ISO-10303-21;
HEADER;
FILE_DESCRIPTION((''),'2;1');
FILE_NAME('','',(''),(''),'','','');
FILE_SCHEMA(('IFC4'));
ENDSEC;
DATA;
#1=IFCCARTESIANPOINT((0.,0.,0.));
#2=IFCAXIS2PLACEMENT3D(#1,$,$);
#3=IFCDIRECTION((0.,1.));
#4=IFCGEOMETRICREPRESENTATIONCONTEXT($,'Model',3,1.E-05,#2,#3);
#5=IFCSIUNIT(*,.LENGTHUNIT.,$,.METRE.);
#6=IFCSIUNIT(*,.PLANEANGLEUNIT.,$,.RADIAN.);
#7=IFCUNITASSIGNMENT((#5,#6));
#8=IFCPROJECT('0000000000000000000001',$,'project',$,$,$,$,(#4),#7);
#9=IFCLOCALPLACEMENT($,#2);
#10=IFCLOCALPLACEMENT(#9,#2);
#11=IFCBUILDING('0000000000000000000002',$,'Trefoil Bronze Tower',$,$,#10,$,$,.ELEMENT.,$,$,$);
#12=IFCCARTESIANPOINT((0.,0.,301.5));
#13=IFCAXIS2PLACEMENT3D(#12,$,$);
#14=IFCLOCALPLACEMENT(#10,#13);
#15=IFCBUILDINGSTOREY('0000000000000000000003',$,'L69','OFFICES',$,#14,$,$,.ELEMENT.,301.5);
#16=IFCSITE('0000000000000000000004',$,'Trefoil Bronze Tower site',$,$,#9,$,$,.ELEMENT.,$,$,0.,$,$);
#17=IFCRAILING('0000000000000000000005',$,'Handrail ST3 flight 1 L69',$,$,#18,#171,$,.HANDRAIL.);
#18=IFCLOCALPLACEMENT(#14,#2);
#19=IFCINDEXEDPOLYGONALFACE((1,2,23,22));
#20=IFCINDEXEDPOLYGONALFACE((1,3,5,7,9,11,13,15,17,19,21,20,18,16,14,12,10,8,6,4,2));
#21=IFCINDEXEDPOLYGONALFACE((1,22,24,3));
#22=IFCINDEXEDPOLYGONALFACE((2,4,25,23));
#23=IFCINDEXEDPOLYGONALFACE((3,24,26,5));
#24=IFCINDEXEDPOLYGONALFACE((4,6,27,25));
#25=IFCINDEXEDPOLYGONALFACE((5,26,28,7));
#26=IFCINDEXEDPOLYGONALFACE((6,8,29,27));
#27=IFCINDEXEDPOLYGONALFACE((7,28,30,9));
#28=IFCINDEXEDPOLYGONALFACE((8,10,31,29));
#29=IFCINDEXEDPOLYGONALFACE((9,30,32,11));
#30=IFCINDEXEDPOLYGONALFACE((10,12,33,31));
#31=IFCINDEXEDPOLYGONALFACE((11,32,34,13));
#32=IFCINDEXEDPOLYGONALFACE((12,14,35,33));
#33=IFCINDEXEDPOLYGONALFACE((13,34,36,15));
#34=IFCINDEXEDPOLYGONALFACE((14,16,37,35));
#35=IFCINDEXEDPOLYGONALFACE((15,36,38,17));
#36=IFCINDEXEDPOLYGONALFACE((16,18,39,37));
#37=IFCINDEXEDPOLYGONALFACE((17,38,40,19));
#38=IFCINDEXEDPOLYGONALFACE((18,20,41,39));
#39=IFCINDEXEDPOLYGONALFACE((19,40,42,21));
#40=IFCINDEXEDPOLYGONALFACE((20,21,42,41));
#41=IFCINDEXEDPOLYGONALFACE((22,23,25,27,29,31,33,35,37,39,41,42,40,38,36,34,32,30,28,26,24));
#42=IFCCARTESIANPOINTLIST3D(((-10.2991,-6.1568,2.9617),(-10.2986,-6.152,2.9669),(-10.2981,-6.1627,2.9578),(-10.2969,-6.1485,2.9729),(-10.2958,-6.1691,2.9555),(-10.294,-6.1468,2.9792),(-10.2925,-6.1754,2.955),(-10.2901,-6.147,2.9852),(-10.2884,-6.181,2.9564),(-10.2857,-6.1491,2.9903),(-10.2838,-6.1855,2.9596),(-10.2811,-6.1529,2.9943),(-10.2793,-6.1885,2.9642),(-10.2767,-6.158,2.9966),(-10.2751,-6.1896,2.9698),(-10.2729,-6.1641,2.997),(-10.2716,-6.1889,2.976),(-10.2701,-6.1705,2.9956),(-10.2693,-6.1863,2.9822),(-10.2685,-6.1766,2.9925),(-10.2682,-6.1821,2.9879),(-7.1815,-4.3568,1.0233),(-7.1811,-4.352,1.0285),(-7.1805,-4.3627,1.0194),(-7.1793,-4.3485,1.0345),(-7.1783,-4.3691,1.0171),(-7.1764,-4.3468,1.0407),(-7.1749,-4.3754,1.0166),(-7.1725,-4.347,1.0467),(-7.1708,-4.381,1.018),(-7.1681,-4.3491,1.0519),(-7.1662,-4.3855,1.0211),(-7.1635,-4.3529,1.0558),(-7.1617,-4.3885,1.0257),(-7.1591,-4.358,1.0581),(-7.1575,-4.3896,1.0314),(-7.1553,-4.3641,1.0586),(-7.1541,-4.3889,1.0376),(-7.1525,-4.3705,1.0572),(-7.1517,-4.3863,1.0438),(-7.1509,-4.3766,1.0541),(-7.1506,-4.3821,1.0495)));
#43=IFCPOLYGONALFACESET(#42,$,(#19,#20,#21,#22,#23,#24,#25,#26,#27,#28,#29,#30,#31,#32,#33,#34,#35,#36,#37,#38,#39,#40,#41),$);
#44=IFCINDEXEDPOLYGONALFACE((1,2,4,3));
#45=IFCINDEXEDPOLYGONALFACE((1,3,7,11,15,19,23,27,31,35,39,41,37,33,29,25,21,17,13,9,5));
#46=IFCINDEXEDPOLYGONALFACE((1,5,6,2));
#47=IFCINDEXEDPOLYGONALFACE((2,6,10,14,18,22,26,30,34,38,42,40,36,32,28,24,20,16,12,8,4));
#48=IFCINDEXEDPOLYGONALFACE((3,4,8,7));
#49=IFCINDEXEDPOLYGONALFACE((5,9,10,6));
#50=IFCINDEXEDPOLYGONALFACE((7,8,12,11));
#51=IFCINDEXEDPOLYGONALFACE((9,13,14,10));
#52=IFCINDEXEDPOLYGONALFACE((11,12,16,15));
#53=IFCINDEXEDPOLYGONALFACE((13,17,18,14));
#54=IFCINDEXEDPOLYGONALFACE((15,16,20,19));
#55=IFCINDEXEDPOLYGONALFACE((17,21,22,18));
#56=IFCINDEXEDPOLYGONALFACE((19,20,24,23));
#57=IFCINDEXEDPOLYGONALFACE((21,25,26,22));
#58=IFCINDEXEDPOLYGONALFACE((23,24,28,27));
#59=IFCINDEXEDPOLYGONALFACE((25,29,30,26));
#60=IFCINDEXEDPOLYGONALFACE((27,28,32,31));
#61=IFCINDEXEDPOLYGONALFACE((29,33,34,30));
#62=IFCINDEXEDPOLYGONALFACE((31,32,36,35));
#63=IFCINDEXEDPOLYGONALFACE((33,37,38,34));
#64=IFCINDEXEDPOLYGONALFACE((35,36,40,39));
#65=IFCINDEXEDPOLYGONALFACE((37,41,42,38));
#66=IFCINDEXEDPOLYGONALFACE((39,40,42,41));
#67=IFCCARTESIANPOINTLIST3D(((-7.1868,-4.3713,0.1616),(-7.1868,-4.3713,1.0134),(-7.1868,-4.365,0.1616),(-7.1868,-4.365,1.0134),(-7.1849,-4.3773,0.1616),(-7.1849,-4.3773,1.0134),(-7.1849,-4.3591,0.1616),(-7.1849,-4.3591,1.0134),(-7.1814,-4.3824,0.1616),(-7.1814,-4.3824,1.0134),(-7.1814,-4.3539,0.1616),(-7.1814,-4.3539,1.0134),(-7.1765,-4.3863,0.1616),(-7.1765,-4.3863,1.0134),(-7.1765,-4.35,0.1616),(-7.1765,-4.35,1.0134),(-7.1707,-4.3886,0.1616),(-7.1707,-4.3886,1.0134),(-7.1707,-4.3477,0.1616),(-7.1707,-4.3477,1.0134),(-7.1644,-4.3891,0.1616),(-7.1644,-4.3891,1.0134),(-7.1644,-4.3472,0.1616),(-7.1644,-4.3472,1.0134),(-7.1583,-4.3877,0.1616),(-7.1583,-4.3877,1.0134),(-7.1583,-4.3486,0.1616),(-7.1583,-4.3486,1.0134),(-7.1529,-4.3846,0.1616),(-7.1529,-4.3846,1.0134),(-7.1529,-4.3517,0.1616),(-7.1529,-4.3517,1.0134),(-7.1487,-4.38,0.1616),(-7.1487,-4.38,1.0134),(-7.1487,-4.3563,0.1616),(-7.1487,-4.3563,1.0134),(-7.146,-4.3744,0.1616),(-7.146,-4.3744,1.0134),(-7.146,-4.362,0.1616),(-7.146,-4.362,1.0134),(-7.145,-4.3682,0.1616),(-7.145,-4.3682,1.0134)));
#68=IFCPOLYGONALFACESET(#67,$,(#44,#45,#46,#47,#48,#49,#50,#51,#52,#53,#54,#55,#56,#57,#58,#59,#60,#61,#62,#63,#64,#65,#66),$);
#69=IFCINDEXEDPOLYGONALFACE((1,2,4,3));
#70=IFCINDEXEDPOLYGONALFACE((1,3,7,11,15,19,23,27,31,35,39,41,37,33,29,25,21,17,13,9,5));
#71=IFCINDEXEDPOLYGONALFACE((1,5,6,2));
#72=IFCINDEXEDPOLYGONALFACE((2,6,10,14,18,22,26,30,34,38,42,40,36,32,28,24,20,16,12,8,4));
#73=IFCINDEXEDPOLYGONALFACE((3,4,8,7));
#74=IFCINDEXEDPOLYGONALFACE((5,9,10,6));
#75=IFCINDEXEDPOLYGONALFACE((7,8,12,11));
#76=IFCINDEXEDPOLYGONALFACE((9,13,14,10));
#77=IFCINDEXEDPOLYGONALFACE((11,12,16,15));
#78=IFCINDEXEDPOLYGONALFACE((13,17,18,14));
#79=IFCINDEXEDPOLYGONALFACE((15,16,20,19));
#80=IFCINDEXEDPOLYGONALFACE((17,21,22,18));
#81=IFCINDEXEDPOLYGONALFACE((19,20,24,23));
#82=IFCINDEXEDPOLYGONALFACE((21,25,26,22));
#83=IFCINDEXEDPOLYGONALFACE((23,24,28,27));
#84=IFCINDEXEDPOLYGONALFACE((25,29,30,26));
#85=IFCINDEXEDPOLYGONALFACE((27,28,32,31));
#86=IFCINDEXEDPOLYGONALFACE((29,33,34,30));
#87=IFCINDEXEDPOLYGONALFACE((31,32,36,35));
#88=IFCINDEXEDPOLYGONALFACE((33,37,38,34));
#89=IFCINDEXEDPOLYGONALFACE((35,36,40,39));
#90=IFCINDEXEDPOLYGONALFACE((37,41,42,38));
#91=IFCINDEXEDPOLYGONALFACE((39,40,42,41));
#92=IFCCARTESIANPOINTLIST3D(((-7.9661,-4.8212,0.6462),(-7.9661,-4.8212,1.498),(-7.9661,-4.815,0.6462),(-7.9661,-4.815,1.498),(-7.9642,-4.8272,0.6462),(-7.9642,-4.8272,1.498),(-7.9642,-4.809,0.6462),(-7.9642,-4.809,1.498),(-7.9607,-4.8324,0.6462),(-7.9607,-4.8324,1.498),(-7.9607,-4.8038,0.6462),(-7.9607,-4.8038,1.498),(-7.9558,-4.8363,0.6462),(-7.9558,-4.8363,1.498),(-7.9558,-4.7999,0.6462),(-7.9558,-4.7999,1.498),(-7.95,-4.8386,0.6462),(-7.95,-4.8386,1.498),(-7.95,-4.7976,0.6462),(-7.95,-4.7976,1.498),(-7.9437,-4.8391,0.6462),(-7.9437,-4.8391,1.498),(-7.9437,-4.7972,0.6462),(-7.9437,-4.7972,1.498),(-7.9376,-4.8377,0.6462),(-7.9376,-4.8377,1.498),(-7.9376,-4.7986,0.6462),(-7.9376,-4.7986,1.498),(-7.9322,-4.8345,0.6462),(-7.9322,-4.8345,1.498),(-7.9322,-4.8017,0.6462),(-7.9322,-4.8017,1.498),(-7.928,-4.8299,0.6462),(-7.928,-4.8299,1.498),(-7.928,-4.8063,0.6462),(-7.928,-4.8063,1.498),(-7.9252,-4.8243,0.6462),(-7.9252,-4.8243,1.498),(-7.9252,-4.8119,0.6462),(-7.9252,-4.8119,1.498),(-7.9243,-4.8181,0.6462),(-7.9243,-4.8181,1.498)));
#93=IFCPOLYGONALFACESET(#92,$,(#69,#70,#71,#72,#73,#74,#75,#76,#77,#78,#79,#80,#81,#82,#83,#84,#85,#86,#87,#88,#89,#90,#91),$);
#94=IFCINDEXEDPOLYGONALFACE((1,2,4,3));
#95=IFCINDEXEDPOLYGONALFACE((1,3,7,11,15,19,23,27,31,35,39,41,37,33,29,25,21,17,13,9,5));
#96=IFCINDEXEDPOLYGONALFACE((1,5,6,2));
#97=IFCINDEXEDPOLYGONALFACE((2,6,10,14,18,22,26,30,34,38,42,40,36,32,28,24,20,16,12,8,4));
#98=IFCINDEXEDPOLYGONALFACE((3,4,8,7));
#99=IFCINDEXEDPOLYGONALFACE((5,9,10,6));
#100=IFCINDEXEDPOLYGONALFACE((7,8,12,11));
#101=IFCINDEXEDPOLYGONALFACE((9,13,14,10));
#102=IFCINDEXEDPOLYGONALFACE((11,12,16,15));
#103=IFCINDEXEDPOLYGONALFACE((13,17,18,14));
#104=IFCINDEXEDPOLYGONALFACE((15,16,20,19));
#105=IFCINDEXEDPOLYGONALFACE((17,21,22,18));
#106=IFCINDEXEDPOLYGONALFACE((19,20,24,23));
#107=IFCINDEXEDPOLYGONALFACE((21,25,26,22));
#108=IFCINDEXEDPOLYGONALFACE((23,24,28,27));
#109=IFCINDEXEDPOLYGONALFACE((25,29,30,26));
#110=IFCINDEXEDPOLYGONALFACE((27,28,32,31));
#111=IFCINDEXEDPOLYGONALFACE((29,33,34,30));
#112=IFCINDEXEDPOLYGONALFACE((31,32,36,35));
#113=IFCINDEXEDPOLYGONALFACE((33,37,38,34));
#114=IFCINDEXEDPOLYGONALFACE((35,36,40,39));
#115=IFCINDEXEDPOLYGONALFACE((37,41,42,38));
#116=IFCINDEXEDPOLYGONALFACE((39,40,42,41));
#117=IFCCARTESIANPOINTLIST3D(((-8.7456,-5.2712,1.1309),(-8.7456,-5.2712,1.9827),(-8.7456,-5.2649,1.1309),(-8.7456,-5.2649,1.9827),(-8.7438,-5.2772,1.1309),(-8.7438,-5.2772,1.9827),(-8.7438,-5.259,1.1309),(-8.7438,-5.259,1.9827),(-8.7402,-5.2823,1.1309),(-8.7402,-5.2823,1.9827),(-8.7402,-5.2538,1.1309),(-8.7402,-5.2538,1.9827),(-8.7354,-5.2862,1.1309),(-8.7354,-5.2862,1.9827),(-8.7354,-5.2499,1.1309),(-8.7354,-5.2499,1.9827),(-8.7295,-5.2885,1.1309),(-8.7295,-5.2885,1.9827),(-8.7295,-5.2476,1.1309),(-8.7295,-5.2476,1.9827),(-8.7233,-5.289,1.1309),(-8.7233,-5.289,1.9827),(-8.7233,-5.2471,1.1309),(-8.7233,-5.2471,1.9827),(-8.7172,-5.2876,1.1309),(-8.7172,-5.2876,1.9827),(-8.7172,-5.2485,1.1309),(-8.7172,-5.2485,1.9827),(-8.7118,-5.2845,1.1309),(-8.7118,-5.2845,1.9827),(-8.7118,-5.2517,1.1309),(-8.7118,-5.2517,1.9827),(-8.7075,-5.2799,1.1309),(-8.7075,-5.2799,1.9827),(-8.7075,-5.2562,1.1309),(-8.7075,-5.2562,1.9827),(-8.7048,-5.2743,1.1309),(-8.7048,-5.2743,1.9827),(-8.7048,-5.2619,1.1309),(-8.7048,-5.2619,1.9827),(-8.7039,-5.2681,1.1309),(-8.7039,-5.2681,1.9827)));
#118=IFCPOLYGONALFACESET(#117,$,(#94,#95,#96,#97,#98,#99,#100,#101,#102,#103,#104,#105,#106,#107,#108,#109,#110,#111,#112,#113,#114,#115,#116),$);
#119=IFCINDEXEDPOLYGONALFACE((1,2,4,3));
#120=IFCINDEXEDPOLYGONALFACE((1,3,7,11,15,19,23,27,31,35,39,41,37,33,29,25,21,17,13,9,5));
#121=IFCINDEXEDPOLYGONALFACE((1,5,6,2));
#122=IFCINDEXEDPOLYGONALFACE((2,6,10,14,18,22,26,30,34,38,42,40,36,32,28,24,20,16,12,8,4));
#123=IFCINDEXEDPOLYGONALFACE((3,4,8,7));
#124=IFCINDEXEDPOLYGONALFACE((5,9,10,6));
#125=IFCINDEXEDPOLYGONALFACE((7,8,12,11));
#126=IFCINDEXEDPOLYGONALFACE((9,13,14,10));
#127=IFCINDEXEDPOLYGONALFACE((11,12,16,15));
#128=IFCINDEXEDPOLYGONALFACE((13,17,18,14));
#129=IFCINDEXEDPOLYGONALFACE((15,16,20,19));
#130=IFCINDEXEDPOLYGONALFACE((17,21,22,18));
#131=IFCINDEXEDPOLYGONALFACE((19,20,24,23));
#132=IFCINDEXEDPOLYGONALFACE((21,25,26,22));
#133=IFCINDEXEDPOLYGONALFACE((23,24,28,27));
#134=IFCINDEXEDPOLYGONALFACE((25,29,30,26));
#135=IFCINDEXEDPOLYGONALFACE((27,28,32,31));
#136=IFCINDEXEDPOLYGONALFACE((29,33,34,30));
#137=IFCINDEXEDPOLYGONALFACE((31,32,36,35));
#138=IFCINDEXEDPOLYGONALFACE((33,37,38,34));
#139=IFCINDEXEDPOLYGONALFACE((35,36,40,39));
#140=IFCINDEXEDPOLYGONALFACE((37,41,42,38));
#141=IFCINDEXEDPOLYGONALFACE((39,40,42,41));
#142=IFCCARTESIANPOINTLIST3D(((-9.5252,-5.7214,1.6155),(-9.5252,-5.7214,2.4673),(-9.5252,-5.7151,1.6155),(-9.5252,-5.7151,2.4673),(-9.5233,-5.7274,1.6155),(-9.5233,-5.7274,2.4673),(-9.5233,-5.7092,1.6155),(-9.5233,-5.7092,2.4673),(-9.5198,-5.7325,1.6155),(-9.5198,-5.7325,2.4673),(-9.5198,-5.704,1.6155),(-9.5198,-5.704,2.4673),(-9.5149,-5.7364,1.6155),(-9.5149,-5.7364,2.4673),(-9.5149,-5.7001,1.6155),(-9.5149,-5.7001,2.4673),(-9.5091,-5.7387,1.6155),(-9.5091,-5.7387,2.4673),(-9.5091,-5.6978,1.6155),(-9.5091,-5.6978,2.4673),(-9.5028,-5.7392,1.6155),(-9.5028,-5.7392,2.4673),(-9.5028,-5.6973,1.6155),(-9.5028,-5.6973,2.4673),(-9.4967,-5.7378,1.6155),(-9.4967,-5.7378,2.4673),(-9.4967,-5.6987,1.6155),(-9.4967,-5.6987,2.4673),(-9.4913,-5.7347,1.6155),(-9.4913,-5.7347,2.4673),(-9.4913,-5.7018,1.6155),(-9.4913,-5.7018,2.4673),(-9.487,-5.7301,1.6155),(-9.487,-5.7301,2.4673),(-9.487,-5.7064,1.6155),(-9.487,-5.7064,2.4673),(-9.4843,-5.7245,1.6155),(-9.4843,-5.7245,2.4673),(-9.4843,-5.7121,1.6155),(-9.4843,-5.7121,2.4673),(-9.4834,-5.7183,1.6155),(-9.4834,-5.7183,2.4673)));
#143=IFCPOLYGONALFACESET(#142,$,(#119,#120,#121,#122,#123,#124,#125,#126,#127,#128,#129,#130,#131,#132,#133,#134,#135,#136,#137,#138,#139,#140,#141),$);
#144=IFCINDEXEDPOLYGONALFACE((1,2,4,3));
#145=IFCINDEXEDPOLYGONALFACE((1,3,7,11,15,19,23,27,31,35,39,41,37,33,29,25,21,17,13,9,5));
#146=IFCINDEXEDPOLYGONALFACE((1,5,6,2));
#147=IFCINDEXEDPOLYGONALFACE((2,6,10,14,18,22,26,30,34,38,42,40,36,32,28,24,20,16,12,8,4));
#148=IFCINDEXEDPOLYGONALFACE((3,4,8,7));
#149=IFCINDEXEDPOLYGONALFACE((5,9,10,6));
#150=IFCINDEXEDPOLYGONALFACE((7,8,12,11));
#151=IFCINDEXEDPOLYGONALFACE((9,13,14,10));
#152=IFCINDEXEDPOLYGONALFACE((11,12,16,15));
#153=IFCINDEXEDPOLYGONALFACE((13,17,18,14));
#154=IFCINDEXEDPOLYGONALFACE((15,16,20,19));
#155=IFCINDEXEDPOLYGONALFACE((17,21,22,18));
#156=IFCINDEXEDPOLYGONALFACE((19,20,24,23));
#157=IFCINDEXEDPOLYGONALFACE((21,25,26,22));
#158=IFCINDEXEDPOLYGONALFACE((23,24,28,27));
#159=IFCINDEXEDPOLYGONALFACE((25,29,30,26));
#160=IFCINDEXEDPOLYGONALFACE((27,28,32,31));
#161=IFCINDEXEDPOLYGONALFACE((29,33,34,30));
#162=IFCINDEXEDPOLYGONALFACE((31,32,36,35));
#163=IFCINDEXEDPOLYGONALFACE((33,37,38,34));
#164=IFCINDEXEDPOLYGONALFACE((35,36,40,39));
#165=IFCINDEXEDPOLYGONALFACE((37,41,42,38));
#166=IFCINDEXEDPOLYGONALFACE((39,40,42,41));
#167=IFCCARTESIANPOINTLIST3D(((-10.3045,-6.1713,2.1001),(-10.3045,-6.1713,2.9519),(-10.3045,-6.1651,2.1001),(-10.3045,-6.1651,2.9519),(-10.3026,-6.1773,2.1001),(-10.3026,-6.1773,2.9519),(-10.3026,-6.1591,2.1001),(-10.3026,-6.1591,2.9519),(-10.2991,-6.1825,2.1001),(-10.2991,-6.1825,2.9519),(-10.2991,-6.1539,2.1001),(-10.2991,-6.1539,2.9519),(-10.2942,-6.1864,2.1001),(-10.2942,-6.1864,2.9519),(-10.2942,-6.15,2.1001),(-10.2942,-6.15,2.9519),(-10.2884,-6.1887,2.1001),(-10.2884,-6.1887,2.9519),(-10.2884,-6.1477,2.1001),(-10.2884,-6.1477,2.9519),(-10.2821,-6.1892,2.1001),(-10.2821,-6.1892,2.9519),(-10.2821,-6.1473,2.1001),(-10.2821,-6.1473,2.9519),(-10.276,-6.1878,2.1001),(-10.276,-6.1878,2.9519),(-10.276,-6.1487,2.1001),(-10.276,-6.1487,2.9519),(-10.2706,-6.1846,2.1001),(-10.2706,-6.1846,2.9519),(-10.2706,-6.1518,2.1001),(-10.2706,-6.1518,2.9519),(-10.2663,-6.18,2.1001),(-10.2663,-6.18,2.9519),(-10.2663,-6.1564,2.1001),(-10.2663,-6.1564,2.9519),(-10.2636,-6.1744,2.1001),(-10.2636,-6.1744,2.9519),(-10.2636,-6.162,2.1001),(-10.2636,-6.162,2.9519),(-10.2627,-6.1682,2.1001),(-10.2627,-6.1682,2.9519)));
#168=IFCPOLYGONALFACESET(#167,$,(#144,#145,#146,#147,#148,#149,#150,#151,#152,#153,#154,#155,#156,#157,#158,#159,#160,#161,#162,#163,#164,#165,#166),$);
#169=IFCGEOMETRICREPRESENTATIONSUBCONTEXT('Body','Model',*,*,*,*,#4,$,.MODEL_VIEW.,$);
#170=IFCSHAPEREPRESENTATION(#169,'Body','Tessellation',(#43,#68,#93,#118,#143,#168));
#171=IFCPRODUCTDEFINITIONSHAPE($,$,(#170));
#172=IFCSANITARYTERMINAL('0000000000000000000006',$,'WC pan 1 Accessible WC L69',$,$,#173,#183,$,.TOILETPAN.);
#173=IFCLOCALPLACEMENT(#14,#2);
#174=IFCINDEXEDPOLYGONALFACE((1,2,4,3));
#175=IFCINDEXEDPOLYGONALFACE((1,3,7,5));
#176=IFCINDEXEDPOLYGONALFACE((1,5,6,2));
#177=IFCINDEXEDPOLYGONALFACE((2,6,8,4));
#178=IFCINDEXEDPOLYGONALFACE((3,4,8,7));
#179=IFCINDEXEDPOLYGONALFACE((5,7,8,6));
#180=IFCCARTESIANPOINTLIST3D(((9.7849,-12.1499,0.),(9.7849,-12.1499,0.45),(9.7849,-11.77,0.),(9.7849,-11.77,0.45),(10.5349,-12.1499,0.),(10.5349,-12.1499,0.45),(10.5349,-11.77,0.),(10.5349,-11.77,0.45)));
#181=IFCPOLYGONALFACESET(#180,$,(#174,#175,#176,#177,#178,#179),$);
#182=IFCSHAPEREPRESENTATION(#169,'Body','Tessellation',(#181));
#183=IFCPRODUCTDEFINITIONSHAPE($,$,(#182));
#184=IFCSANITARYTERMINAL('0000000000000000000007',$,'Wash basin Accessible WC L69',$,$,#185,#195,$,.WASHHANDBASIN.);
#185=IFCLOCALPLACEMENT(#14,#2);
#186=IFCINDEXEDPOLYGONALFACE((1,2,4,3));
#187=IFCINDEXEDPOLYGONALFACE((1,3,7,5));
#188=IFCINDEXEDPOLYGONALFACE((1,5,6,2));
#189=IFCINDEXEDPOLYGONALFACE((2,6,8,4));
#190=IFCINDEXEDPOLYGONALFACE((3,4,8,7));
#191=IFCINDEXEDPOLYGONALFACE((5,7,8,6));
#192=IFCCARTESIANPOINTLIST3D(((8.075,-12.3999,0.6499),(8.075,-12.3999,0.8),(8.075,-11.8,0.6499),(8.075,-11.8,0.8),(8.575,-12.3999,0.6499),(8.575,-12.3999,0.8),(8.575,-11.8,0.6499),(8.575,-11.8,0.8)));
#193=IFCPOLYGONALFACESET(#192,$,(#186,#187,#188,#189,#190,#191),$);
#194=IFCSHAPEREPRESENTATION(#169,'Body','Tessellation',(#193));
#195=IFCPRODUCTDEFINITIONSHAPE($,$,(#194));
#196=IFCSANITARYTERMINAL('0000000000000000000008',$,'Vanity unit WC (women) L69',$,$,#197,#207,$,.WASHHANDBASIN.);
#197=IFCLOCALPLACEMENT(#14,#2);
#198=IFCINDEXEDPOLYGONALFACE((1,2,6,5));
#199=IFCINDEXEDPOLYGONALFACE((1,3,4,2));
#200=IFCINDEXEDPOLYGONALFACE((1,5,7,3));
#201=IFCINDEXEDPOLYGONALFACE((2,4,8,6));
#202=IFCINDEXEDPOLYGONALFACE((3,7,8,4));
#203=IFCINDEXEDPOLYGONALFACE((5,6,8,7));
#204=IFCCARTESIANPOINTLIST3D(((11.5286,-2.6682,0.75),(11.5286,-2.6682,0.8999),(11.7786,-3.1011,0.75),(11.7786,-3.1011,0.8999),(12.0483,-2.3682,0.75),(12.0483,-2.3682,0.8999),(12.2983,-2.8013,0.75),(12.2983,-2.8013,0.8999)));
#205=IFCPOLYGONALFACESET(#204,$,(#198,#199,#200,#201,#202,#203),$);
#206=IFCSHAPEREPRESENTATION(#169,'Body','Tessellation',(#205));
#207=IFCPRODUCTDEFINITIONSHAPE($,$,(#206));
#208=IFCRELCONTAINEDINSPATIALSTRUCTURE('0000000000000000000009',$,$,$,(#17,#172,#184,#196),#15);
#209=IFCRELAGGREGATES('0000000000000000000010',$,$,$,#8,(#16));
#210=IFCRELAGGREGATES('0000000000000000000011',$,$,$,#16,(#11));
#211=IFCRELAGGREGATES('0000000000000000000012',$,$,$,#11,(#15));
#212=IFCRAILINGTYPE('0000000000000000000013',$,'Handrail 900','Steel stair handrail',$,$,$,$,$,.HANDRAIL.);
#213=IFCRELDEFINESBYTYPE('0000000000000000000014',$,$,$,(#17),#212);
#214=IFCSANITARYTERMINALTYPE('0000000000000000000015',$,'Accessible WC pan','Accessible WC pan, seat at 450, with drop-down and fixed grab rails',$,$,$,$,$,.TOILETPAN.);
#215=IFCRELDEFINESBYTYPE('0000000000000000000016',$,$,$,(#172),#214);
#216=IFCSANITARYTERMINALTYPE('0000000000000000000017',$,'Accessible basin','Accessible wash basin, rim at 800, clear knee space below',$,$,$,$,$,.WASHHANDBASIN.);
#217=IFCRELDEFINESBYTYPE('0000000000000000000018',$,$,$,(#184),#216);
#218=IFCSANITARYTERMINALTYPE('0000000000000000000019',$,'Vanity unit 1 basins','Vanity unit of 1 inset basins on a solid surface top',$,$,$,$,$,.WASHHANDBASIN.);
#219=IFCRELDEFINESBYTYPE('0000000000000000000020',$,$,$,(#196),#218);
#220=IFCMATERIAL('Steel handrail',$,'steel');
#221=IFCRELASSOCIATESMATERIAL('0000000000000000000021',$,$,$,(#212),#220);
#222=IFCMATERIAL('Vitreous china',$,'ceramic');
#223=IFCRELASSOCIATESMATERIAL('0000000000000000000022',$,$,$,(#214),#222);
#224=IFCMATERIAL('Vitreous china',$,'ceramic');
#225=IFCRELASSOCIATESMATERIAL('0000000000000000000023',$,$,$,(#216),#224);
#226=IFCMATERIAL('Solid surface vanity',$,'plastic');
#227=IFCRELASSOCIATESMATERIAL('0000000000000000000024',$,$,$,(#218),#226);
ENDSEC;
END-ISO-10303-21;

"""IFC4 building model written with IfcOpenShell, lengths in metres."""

from ifc_helpers import new_model, si_unit, direction, frame, origin, origin_2d, place, context, subcontext, project, spatial, polyline, circle, outline, extrude, material, type_object, element, save


model = new_model("IFC4")

# Units and contexts
model_context = context("Model", 3, precision=1e-05, world=origin(), true_north=direction((0.0, 1.0)))
body_context = subcontext(model_context, "Body", "Model", "MODEL_VIEW")
ifc_project = project(units=[si_unit("LENGTHUNIT", "METRE"), si_unit("PLANEANGLEUNIT", "RADIAN")], contexts=[model_context])

# Site, building, storey
site_placement = place(None, origin())
site = spatial("IfcSite", under=ifc_project, at=site_placement, Name="Trefoil Bronze Tower site", CompositionType="ELEMENT", RefElevation=0.0)
building_placement = place(site_placement, origin())
building = spatial("IfcBuilding", under=site, at=building_placement, Name="Trefoil Bronze Tower", CompositionType="ELEMENT")
storey_placement = place(building_placement, frame((0.0, 0.0, 301.5)))
storey = spatial("IfcBuildingStorey", under=building, at=storey_placement, Name="L69", Description="OFFICES", CompositionType="ELEMENT", Elevation=301.5)

# Railing
ifc_material_1 = material(Name="Steel handrail", Category="steel")
railing_type = type_object("IfcRailingType", Name="Handrail 900", Description="Steel stair handrail", PredefinedType="HANDRAIL", material=ifc_material_1)
railing_placement = place(storey_placement, frame((-7.166, -4.3682, 0.1616)))
element("IfcRailing", 1, at=railing_placement, inside=storey, type_object=railing_type, Name="Handrail ST3 flight 1 L69", PredefinedType="HANDRAIL", context=body_context, shape_type="SweptSolid", body=[
    extrude(circle(Radius=0.0239, at=origin_2d()), frame((0.0, 0.0, 0.876), z_axis=(-0.762503, -0.440246, 0.474102), x_axis=(0.500012, -0.866018, 0.0)), (0.0, 0.0, 1.0), 4.0886),
    extrude(circle(Radius=0.021, at=origin_2d()), origin(), (0.0, 0.0, 1.0), 0.8518),
    extrude(circle(Radius=0.021, at=origin_2d()), frame((-0.7793, -0.45, 0.4846)), (0.0, 0.0, 1.0), 0.8518),
    extrude(circle(Radius=0.021, at=origin_2d()), frame((-1.5588, -0.8999, 0.9692)), (0.0, 0.0, 1.0), 0.8518),
    extrude(circle(Radius=0.021, at=origin_2d()), frame((-2.3384, -1.3501, 1.4539)), (0.0, 0.0, 1.0), 0.8518),
    extrude(circle(Radius=0.021, at=origin_2d()), frame((-3.1177, -1.8, 1.9385)), (0.0, 0.0, 1.0), 0.8518),
])

# Sanitary terminals
ifc_material_2 = material(Name="Vitreous china", Category="ceramic")
sanitary_terminal_type_1 = type_object("IfcSanitaryTerminalType", Name="Accessible WC pan", Description="Accessible WC pan, seat at 450, with drop-down and fixed grab rails", PredefinedType="TOILETPAN", material=ifc_material_2)
sanitary_terminal_1_placement = place(storey_placement, origin())
element("IfcSanitaryTerminal", 2, at=sanitary_terminal_1_placement, inside=storey, type_object=sanitary_terminal_type_1, Name="WC pan 1 Accessible WC L69", PredefinedType="TOILETPAN", context=body_context, shape_type="SweptSolid", body=[
    extrude(outline(polyline([(9.7849, -11.77), (10.5349, -11.77), (10.5349, -12.1499), (9.7849, -12.1499), (9.7849, -11.77)])), origin(), (0.0, 0.0, 1.0), 0.45),
])
ifc_material_3 = material(Name="Vitreous china", Category="ceramic")
sanitary_terminal_type_2 = type_object("IfcSanitaryTerminalType", Name="Accessible basin", Description="Accessible wash basin, rim at 800, clear knee space below", PredefinedType="WASHHANDBASIN", material=ifc_material_3)
sanitary_terminal_2_placement = place(storey_placement, frame((0.0, 0.0, 0.6499)))
element("IfcSanitaryTerminal", 3, at=sanitary_terminal_2_placement, inside=storey, type_object=sanitary_terminal_type_2, Name="Wash basin Accessible WC L69", PredefinedType="WASHHANDBASIN", context=body_context, shape_type="SweptSolid", body=[
    extrude(outline(polyline([(8.075, -11.8), (8.575, -11.8), (8.575, -12.3999), (8.075, -12.3999), (8.075, -11.8)])), origin(), (0.0, 0.0, 1.0), 0.1501),
])
ifc_material_4 = material(Name="Solid surface vanity", Category="plastic")
sanitary_terminal_type_3 = type_object("IfcSanitaryTerminalType", Name="Vanity unit 1 basins", Description="Vanity unit of 1 inset basins on a solid surface top", PredefinedType="WASHHANDBASIN", material=ifc_material_4)
sanitary_terminal_3_placement = place(storey_placement, frame((0.0, 0.0, 0.75)))
element("IfcSanitaryTerminal", 4, at=sanitary_terminal_3_placement, inside=storey, type_object=sanitary_terminal_type_3, Name="Vanity unit WC (women) L69", PredefinedType="WASHHANDBASIN", context=body_context, shape_type="SweptSolid", body=[
    extrude(outline(polyline([(11.5286, -2.6682), (11.7786, -3.1011), (12.2983, -2.8013), (12.0483, -2.3682), (11.5286, -2.6682)])), origin(), (0.0, 0.0, 1.0), 0.1499),
])

save(model, "model.ifc")
